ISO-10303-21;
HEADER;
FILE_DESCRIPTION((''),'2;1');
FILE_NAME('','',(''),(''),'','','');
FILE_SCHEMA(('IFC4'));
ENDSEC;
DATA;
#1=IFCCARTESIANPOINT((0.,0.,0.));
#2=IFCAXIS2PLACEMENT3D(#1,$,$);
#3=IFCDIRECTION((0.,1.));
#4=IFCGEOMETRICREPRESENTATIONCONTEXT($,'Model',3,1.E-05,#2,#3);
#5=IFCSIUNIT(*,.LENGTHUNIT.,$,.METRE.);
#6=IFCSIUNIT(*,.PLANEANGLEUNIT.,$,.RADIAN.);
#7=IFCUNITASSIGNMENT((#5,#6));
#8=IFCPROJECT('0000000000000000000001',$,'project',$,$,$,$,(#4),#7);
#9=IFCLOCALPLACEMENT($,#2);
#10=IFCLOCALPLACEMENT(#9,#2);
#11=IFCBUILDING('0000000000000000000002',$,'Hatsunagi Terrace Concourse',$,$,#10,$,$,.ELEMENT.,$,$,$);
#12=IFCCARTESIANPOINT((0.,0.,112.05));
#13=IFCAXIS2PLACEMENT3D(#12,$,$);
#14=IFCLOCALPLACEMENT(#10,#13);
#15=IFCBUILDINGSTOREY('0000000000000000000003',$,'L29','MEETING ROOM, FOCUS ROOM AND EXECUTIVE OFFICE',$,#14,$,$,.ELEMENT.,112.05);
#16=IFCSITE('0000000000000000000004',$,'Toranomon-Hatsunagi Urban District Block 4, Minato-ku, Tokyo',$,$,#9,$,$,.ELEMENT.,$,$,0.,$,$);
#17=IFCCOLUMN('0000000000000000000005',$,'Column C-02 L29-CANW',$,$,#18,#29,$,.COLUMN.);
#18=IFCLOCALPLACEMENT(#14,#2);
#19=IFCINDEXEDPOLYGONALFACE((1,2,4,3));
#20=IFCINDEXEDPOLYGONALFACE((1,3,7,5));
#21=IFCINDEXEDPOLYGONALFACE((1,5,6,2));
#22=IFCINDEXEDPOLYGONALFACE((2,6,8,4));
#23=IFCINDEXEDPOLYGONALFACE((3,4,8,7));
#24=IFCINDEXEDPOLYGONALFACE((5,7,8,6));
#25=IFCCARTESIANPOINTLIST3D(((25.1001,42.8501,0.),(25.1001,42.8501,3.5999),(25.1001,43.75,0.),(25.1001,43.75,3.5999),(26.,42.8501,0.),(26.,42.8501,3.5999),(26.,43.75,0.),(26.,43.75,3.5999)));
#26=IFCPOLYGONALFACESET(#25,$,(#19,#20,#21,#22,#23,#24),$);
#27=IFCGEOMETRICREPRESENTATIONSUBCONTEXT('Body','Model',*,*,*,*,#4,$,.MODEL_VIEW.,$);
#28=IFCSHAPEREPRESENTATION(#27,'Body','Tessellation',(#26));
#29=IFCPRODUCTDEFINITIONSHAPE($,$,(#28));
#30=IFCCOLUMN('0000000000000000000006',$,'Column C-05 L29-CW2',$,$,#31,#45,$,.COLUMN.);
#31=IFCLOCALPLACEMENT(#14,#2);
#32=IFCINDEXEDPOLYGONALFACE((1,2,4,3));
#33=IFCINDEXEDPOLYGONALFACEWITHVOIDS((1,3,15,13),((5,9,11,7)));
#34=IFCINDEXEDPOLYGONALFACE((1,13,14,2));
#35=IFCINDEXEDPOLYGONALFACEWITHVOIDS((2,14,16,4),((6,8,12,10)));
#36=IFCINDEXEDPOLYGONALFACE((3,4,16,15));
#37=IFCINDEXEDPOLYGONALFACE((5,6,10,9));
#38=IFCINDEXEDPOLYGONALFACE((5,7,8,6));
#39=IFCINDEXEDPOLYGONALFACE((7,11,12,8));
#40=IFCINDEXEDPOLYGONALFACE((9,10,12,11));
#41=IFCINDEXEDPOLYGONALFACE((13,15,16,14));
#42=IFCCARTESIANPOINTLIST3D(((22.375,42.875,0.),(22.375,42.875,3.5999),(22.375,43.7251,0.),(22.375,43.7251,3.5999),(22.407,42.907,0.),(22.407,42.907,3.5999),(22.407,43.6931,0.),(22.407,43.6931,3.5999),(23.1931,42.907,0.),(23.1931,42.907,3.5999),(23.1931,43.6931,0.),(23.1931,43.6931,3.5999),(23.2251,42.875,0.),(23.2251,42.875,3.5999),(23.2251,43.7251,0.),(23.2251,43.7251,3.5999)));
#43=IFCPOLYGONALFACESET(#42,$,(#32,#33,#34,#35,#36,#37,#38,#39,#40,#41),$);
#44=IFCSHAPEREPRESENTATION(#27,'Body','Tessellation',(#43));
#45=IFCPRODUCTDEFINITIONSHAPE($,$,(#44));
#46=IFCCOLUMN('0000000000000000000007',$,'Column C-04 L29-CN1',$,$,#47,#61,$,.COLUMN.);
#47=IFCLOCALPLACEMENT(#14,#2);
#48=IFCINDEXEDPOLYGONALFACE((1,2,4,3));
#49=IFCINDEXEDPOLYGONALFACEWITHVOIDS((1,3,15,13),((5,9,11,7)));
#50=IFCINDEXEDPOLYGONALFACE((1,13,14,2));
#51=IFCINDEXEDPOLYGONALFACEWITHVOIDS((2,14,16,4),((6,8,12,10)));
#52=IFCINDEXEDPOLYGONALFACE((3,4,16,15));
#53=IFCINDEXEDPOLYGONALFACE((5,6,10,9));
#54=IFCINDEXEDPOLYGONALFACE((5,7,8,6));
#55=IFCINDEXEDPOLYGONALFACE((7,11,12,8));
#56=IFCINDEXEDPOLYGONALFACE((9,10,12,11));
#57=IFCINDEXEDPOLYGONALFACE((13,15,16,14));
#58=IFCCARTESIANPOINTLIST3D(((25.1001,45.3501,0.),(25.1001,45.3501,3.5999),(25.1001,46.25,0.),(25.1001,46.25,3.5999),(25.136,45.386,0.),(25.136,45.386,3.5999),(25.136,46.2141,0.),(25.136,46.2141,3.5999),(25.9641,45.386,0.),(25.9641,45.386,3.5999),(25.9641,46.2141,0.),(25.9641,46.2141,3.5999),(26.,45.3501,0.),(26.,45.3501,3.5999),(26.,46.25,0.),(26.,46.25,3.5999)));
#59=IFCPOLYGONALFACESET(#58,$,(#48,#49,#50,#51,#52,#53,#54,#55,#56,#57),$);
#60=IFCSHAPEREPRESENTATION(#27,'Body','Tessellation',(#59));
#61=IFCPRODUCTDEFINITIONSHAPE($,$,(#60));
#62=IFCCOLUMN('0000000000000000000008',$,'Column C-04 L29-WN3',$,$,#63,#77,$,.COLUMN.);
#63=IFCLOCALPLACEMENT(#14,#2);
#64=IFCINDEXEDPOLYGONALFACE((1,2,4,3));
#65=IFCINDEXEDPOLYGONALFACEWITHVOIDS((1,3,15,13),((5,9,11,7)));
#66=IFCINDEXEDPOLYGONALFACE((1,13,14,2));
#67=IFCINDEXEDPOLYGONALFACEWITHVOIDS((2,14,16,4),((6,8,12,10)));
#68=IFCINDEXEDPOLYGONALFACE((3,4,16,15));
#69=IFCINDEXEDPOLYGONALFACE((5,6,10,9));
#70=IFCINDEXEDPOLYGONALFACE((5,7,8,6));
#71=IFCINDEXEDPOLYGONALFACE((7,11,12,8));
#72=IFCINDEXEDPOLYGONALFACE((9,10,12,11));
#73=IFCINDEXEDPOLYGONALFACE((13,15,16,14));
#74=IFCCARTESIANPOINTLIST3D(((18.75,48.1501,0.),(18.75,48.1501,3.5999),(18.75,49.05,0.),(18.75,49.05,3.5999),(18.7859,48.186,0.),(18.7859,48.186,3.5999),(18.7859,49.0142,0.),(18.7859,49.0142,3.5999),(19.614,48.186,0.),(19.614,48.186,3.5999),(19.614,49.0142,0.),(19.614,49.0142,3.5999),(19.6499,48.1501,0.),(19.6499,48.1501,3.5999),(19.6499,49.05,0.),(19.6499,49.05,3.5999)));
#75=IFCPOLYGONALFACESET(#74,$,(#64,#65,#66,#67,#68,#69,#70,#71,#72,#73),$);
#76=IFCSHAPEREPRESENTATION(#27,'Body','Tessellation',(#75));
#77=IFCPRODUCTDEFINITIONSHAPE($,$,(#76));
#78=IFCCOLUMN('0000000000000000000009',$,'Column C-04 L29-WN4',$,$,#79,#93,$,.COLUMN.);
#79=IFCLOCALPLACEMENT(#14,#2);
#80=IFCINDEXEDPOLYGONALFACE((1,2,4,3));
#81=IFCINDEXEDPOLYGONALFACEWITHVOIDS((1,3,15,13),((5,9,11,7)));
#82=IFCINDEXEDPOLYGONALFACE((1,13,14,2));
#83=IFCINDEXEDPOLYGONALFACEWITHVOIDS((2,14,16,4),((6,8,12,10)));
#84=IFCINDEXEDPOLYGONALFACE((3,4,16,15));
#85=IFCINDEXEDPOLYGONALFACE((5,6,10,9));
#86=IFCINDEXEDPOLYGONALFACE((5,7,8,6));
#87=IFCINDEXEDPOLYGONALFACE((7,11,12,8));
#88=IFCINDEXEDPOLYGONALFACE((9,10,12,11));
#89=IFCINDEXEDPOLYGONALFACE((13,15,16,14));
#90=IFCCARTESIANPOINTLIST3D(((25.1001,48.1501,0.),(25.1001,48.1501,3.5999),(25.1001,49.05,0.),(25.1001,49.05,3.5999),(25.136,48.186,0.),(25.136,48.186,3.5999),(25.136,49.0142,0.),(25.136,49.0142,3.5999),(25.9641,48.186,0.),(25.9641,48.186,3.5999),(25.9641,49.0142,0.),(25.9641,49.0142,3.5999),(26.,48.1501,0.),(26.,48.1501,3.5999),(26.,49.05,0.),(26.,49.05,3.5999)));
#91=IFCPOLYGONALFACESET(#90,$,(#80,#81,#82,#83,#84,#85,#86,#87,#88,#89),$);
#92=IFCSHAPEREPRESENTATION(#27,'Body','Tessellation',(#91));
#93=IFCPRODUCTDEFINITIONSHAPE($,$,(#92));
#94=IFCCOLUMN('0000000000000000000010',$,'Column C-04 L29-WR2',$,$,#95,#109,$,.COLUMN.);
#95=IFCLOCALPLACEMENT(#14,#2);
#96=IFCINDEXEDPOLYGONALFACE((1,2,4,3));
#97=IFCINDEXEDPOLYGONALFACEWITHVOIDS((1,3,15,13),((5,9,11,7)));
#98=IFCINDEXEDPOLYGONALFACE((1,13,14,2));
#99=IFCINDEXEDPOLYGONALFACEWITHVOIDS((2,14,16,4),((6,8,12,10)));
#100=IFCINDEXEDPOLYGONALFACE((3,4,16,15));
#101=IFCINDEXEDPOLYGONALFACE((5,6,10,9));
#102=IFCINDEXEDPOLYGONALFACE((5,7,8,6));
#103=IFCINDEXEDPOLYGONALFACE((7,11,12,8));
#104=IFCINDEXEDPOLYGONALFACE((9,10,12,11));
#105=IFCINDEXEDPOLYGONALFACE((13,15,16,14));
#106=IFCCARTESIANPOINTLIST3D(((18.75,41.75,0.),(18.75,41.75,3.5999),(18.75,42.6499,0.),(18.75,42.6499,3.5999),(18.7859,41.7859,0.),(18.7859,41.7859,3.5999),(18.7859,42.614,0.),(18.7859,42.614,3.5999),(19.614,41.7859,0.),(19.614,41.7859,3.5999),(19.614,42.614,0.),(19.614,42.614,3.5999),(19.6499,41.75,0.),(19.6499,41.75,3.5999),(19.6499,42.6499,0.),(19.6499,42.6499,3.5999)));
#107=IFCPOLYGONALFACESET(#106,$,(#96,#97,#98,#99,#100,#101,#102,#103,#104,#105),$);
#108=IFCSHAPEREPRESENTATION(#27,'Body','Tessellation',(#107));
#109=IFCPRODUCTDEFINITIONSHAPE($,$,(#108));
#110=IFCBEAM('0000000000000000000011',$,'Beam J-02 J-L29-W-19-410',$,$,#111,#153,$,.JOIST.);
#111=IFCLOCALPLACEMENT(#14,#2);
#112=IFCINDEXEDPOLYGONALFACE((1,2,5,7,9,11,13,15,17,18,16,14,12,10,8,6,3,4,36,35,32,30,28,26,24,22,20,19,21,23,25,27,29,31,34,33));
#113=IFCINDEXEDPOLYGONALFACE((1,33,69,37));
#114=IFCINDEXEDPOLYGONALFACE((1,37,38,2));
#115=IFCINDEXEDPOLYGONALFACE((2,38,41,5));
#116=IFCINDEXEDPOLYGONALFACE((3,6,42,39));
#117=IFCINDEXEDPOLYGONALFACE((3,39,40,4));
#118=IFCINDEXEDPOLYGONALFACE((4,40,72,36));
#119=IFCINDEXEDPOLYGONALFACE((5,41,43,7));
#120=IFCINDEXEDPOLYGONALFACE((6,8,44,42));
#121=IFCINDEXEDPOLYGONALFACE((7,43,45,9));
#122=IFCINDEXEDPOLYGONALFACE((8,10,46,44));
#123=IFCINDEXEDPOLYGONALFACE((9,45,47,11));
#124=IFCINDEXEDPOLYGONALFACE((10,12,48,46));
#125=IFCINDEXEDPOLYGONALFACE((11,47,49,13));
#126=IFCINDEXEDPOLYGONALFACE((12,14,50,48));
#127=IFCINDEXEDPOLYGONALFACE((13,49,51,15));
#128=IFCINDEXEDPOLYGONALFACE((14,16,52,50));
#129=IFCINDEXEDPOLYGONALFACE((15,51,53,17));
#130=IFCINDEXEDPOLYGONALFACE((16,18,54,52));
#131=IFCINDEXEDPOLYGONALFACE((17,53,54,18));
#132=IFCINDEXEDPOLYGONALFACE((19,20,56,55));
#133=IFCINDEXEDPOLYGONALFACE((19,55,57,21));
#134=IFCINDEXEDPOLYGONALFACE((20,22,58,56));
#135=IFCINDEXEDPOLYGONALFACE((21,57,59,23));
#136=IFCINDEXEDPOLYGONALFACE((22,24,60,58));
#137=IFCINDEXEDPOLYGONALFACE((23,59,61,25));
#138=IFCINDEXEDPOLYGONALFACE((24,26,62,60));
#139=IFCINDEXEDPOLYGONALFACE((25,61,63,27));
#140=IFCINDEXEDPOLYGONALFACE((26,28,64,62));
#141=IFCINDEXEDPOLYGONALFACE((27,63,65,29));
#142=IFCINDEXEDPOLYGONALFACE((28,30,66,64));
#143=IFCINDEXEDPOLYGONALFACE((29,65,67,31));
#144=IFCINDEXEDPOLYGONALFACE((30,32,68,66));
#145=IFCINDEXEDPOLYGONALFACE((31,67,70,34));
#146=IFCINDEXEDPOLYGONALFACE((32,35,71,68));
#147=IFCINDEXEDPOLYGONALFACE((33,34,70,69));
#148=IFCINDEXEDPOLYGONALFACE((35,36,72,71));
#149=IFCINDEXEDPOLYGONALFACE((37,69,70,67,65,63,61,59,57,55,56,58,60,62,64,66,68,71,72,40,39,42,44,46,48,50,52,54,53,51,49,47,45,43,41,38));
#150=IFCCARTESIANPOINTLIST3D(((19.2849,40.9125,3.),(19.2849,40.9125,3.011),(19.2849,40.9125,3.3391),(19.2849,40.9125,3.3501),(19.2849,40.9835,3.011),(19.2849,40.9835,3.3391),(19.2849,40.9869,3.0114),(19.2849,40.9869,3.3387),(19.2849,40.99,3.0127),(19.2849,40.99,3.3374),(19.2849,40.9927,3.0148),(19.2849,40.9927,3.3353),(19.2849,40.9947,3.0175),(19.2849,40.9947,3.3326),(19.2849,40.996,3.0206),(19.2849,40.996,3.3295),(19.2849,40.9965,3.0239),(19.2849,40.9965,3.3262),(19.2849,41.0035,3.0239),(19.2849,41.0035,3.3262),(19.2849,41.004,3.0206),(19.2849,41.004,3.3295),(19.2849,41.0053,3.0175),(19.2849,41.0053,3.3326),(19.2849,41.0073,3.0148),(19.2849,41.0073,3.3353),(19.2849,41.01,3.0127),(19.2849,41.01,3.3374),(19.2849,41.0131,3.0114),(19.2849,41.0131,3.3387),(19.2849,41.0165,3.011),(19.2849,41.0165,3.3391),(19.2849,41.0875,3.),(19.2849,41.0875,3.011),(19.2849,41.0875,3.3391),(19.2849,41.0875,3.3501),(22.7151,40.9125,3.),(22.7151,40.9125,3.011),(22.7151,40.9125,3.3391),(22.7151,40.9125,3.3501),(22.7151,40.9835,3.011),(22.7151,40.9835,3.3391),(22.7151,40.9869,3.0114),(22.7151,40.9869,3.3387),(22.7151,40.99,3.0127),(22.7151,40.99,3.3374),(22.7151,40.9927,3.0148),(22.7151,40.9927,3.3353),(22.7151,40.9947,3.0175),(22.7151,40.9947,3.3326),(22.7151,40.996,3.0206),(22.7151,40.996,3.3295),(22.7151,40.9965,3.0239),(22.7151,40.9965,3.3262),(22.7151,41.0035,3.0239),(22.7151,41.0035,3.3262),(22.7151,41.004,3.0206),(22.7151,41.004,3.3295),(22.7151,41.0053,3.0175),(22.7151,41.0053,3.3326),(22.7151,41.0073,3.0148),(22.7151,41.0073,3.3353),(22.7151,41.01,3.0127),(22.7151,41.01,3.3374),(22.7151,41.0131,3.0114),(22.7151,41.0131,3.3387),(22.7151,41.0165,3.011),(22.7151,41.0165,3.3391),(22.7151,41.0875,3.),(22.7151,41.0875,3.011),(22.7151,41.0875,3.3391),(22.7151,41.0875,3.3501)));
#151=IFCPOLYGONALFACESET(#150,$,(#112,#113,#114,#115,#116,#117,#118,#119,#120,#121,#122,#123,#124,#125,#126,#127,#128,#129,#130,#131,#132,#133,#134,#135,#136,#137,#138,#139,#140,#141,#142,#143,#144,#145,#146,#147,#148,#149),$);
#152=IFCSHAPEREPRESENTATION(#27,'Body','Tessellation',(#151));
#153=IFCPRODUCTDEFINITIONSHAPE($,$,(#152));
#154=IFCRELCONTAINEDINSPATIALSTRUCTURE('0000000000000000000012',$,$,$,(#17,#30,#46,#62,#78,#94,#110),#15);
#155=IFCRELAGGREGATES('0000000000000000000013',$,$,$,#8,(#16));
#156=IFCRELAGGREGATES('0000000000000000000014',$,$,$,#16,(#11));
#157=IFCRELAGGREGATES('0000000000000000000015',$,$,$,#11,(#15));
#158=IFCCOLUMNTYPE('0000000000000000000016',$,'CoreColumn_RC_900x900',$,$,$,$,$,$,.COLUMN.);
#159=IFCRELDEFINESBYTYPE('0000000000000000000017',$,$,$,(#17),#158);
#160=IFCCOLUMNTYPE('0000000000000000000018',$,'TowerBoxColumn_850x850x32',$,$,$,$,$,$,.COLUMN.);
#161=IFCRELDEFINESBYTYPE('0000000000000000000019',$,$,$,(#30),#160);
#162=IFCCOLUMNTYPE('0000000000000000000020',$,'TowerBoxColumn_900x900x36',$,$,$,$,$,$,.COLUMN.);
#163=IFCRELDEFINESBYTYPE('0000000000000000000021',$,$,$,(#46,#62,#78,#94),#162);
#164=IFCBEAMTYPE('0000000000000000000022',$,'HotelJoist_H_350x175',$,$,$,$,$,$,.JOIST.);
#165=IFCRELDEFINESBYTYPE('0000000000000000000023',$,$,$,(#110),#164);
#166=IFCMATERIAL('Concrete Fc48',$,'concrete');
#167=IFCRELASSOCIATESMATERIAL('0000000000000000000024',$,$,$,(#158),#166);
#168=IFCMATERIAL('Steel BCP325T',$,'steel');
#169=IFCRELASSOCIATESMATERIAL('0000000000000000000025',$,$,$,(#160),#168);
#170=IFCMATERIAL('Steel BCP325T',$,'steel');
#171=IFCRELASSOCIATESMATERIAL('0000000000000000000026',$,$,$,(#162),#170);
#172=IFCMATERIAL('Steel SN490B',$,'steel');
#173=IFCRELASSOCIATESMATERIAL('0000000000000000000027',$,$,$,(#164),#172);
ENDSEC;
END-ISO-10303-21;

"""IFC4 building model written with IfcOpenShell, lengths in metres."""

from ifc_helpers import new_model, si_unit, direction, frame, origin, origin_2d, place, context, subcontext, project, spatial, rectangle, hollow_rectangle, i_section, extrude, material, material_profile, profile_set, type_object, element, save


model = new_model("IFC4")

# Units and contexts
model_context = context("Model", 3, precision=1e-05, world=origin(), true_north=direction((0.0, 1.0)))
body_context = subcontext(model_context, "Body", "Model", "MODEL_VIEW")
ifc_project = project(units=[si_unit("LENGTHUNIT", "METRE"), si_unit("PLANEANGLEUNIT", "RADIAN")], contexts=[model_context])

# Site, building, storey
site_placement = place(None, origin())
site = spatial("IfcSite", under=ifc_project, at=site_placement, Name="Toranomon-Hatsunagi Urban District Block 4, Minato-ku, Tokyo", CompositionType="ELEMENT", RefElevation=0.0)
building_placement = place(site_placement, origin())
building = spatial("IfcBuilding", under=site, at=building_placement, Name="Hatsunagi Terrace Concourse", CompositionType="ELEMENT")
storey_placement = place(building_placement, frame((0.0, 0.0, 112.05)))
storey = spatial("IfcBuildingStorey", under=building, at=storey_placement, Name="L29", Description="MEETING ROOM, FOCUS ROOM AND EXECUTIVE OFFICE", CompositionType="ELEMENT", Elevation=112.05)

# Columns
ifc_material_1 = material(Name="Concrete Fc48", Category="concrete")
ifc_material_profile_1 = material_profile(ifc_material_1, rectangle(XDim=0.8999, YDim=0.8999, at=origin_2d()), Name="RC-900x900")
ifc_profile_set_1 = profile_set([ifc_material_profile_1], Name="Concrete Fc48")
column_type_1 = type_object("IfcColumnType", Name="CoreColumn_RC_900x900", PredefinedType="COLUMN", material=ifc_profile_set_1)
column_1_placement = place(storey_placement, frame((25.55, 43.3, 0.0), z_axis=(0.0, 0.0, 1.0), x_axis=(1.0, 0.0, 0.0)))
element("IfcColumn", 1, at=column_1_placement, inside=storey, type_object=column_type_1, Name="Column C-02 L29-CANW", PredefinedType="COLUMN", context=body_context, shape_type="SweptSolid", body=[
    extrude(rectangle(XDim=0.8999, YDim=0.8999, at=origin_2d()), origin(), (0.0, 0.0, 1.0), 3.5999),
])
ifc_material_2 = material(Name="Steel BCP325T", Category="steel")
ifc_material_profile_2 = material_profile(ifc_material_2, hollow_rectangle(XDim=0.8501, YDim=0.8501, WallThickness=0.032, at=origin_2d()), Name="BCP-850x850x32")
ifc_profile_set_2 = profile_set([ifc_material_profile_2], Name="Steel BCP325T")
column_type_2 = type_object("IfcColumnType", Name="TowerBoxColumn_850x850x32", PredefinedType="COLUMN", material=ifc_profile_set_2)
column_2_placement = place(storey_placement, frame((22.8, 43.3, 0.0), z_axis=(0.0, 0.0, 1.0), x_axis=(1.0, 0.0, 0.0)))
element("IfcColumn", 2, at=column_2_placement, inside=storey, type_object=column_type_2, Name="Column C-05 L29-CW2", PredefinedType="COLUMN", context=body_context, shape_type="SweptSolid", body=[
    extrude(hollow_rectangle(XDim=0.8501, YDim=0.8501, WallThickness=0.032, at=origin_2d()), origin(), (0.0, 0.0, 1.0), 3.5999),
])
ifc_material_3 = material(Name="Steel BCP325T", Category="steel")
ifc_material_profile_3 = material_profile(ifc_material_3, hollow_rectangle(XDim=0.8999, YDim=0.8999, WallThickness=0.0359, at=origin_2d()), Name="BCP-900x900x36")
ifc_profile_set_3 = profile_set([ifc_material_profile_3], Name="Steel BCP325T")
column_type_3 = type_object("IfcColumnType", Name="TowerBoxColumn_900x900x36", PredefinedType="COLUMN", material=ifc_profile_set_3)
for number, where, z_axis, x_axis, name in (
    (3, (25.55, 45.8, 0.0), (0.0, 0.0, 1.0), (1.0, 0.0, 0.0), "Column C-04 L29-CN1"),
    (4, (19.2, 48.6001, 0.0), (0.0, 0.0, 1.0), (1.0, 0.0, 0.0), "Column C-04 L29-WN3"),
    (5, (25.55, 48.6001, 0.0), (0.0, 0.0, 1.0), (1.0, 0.0, 0.0), "Column C-04 L29-WN4"),
    (6, (19.2, 42.2, 0.0), (0.0, 0.0, 1.0), (1.0, 0.0, 0.0), "Column C-04 L29-WR2"),
):
    element("IfcColumn", number, at=place(storey_placement, frame(where, z_axis=z_axis, x_axis=x_axis)), inside=storey, type_object=column_type_3, Name=name, PredefinedType="COLUMN", context=body_context, shape_type="SweptSolid", body=[
        extrude(hollow_rectangle(XDim=0.8999, YDim=0.8999, WallThickness=0.0359, at=origin_2d()), origin(), (0.0, 0.0, 1.0), 3.5999),
    ])

# Beam
ifc_material_4 = material(Name="Steel SN490B", Category="steel")
ifc_material_profile_4 = material_profile(ifc_material_4, i_section(OverallWidth=0.175, OverallDepth=0.3501, WebThickness=0.0071, FlangeThickness=0.011, FilletRadius=0.0129, at=origin_2d()), Name="H-350x175x7x11")
ifc_profile_set_4 = profile_set([ifc_material_profile_4], Name="Steel SN490B")
beam_type_1 = type_object("IfcBeamType", Name="HotelJoist_H_350x175", PredefinedType="JOIST", material=ifc_profile_set_4)
beam_1_placement = place(storey_placement, frame((19.2849, 41.0, 3.175), z_axis=(1.0, 0.0, 0.0), x_axis=(0.0, 1.0, 0.0)))
element("IfcBeam", 7, at=beam_1_placement, inside=storey, type_object=beam_type_1, Name="Beam J-02 J-L29-W-19-410", PredefinedType="JOIST", context=body_context, shape_type="SweptSolid", body=[
    extrude(i_section(OverallWidth=0.175, OverallDepth=0.3501, WebThickness=0.0071, FlangeThickness=0.011, FilletRadius=0.0129, at=origin_2d()), origin(), (0.0, 0.0, 1.0), 3.4302),
])

save(model, "model.ifc")
